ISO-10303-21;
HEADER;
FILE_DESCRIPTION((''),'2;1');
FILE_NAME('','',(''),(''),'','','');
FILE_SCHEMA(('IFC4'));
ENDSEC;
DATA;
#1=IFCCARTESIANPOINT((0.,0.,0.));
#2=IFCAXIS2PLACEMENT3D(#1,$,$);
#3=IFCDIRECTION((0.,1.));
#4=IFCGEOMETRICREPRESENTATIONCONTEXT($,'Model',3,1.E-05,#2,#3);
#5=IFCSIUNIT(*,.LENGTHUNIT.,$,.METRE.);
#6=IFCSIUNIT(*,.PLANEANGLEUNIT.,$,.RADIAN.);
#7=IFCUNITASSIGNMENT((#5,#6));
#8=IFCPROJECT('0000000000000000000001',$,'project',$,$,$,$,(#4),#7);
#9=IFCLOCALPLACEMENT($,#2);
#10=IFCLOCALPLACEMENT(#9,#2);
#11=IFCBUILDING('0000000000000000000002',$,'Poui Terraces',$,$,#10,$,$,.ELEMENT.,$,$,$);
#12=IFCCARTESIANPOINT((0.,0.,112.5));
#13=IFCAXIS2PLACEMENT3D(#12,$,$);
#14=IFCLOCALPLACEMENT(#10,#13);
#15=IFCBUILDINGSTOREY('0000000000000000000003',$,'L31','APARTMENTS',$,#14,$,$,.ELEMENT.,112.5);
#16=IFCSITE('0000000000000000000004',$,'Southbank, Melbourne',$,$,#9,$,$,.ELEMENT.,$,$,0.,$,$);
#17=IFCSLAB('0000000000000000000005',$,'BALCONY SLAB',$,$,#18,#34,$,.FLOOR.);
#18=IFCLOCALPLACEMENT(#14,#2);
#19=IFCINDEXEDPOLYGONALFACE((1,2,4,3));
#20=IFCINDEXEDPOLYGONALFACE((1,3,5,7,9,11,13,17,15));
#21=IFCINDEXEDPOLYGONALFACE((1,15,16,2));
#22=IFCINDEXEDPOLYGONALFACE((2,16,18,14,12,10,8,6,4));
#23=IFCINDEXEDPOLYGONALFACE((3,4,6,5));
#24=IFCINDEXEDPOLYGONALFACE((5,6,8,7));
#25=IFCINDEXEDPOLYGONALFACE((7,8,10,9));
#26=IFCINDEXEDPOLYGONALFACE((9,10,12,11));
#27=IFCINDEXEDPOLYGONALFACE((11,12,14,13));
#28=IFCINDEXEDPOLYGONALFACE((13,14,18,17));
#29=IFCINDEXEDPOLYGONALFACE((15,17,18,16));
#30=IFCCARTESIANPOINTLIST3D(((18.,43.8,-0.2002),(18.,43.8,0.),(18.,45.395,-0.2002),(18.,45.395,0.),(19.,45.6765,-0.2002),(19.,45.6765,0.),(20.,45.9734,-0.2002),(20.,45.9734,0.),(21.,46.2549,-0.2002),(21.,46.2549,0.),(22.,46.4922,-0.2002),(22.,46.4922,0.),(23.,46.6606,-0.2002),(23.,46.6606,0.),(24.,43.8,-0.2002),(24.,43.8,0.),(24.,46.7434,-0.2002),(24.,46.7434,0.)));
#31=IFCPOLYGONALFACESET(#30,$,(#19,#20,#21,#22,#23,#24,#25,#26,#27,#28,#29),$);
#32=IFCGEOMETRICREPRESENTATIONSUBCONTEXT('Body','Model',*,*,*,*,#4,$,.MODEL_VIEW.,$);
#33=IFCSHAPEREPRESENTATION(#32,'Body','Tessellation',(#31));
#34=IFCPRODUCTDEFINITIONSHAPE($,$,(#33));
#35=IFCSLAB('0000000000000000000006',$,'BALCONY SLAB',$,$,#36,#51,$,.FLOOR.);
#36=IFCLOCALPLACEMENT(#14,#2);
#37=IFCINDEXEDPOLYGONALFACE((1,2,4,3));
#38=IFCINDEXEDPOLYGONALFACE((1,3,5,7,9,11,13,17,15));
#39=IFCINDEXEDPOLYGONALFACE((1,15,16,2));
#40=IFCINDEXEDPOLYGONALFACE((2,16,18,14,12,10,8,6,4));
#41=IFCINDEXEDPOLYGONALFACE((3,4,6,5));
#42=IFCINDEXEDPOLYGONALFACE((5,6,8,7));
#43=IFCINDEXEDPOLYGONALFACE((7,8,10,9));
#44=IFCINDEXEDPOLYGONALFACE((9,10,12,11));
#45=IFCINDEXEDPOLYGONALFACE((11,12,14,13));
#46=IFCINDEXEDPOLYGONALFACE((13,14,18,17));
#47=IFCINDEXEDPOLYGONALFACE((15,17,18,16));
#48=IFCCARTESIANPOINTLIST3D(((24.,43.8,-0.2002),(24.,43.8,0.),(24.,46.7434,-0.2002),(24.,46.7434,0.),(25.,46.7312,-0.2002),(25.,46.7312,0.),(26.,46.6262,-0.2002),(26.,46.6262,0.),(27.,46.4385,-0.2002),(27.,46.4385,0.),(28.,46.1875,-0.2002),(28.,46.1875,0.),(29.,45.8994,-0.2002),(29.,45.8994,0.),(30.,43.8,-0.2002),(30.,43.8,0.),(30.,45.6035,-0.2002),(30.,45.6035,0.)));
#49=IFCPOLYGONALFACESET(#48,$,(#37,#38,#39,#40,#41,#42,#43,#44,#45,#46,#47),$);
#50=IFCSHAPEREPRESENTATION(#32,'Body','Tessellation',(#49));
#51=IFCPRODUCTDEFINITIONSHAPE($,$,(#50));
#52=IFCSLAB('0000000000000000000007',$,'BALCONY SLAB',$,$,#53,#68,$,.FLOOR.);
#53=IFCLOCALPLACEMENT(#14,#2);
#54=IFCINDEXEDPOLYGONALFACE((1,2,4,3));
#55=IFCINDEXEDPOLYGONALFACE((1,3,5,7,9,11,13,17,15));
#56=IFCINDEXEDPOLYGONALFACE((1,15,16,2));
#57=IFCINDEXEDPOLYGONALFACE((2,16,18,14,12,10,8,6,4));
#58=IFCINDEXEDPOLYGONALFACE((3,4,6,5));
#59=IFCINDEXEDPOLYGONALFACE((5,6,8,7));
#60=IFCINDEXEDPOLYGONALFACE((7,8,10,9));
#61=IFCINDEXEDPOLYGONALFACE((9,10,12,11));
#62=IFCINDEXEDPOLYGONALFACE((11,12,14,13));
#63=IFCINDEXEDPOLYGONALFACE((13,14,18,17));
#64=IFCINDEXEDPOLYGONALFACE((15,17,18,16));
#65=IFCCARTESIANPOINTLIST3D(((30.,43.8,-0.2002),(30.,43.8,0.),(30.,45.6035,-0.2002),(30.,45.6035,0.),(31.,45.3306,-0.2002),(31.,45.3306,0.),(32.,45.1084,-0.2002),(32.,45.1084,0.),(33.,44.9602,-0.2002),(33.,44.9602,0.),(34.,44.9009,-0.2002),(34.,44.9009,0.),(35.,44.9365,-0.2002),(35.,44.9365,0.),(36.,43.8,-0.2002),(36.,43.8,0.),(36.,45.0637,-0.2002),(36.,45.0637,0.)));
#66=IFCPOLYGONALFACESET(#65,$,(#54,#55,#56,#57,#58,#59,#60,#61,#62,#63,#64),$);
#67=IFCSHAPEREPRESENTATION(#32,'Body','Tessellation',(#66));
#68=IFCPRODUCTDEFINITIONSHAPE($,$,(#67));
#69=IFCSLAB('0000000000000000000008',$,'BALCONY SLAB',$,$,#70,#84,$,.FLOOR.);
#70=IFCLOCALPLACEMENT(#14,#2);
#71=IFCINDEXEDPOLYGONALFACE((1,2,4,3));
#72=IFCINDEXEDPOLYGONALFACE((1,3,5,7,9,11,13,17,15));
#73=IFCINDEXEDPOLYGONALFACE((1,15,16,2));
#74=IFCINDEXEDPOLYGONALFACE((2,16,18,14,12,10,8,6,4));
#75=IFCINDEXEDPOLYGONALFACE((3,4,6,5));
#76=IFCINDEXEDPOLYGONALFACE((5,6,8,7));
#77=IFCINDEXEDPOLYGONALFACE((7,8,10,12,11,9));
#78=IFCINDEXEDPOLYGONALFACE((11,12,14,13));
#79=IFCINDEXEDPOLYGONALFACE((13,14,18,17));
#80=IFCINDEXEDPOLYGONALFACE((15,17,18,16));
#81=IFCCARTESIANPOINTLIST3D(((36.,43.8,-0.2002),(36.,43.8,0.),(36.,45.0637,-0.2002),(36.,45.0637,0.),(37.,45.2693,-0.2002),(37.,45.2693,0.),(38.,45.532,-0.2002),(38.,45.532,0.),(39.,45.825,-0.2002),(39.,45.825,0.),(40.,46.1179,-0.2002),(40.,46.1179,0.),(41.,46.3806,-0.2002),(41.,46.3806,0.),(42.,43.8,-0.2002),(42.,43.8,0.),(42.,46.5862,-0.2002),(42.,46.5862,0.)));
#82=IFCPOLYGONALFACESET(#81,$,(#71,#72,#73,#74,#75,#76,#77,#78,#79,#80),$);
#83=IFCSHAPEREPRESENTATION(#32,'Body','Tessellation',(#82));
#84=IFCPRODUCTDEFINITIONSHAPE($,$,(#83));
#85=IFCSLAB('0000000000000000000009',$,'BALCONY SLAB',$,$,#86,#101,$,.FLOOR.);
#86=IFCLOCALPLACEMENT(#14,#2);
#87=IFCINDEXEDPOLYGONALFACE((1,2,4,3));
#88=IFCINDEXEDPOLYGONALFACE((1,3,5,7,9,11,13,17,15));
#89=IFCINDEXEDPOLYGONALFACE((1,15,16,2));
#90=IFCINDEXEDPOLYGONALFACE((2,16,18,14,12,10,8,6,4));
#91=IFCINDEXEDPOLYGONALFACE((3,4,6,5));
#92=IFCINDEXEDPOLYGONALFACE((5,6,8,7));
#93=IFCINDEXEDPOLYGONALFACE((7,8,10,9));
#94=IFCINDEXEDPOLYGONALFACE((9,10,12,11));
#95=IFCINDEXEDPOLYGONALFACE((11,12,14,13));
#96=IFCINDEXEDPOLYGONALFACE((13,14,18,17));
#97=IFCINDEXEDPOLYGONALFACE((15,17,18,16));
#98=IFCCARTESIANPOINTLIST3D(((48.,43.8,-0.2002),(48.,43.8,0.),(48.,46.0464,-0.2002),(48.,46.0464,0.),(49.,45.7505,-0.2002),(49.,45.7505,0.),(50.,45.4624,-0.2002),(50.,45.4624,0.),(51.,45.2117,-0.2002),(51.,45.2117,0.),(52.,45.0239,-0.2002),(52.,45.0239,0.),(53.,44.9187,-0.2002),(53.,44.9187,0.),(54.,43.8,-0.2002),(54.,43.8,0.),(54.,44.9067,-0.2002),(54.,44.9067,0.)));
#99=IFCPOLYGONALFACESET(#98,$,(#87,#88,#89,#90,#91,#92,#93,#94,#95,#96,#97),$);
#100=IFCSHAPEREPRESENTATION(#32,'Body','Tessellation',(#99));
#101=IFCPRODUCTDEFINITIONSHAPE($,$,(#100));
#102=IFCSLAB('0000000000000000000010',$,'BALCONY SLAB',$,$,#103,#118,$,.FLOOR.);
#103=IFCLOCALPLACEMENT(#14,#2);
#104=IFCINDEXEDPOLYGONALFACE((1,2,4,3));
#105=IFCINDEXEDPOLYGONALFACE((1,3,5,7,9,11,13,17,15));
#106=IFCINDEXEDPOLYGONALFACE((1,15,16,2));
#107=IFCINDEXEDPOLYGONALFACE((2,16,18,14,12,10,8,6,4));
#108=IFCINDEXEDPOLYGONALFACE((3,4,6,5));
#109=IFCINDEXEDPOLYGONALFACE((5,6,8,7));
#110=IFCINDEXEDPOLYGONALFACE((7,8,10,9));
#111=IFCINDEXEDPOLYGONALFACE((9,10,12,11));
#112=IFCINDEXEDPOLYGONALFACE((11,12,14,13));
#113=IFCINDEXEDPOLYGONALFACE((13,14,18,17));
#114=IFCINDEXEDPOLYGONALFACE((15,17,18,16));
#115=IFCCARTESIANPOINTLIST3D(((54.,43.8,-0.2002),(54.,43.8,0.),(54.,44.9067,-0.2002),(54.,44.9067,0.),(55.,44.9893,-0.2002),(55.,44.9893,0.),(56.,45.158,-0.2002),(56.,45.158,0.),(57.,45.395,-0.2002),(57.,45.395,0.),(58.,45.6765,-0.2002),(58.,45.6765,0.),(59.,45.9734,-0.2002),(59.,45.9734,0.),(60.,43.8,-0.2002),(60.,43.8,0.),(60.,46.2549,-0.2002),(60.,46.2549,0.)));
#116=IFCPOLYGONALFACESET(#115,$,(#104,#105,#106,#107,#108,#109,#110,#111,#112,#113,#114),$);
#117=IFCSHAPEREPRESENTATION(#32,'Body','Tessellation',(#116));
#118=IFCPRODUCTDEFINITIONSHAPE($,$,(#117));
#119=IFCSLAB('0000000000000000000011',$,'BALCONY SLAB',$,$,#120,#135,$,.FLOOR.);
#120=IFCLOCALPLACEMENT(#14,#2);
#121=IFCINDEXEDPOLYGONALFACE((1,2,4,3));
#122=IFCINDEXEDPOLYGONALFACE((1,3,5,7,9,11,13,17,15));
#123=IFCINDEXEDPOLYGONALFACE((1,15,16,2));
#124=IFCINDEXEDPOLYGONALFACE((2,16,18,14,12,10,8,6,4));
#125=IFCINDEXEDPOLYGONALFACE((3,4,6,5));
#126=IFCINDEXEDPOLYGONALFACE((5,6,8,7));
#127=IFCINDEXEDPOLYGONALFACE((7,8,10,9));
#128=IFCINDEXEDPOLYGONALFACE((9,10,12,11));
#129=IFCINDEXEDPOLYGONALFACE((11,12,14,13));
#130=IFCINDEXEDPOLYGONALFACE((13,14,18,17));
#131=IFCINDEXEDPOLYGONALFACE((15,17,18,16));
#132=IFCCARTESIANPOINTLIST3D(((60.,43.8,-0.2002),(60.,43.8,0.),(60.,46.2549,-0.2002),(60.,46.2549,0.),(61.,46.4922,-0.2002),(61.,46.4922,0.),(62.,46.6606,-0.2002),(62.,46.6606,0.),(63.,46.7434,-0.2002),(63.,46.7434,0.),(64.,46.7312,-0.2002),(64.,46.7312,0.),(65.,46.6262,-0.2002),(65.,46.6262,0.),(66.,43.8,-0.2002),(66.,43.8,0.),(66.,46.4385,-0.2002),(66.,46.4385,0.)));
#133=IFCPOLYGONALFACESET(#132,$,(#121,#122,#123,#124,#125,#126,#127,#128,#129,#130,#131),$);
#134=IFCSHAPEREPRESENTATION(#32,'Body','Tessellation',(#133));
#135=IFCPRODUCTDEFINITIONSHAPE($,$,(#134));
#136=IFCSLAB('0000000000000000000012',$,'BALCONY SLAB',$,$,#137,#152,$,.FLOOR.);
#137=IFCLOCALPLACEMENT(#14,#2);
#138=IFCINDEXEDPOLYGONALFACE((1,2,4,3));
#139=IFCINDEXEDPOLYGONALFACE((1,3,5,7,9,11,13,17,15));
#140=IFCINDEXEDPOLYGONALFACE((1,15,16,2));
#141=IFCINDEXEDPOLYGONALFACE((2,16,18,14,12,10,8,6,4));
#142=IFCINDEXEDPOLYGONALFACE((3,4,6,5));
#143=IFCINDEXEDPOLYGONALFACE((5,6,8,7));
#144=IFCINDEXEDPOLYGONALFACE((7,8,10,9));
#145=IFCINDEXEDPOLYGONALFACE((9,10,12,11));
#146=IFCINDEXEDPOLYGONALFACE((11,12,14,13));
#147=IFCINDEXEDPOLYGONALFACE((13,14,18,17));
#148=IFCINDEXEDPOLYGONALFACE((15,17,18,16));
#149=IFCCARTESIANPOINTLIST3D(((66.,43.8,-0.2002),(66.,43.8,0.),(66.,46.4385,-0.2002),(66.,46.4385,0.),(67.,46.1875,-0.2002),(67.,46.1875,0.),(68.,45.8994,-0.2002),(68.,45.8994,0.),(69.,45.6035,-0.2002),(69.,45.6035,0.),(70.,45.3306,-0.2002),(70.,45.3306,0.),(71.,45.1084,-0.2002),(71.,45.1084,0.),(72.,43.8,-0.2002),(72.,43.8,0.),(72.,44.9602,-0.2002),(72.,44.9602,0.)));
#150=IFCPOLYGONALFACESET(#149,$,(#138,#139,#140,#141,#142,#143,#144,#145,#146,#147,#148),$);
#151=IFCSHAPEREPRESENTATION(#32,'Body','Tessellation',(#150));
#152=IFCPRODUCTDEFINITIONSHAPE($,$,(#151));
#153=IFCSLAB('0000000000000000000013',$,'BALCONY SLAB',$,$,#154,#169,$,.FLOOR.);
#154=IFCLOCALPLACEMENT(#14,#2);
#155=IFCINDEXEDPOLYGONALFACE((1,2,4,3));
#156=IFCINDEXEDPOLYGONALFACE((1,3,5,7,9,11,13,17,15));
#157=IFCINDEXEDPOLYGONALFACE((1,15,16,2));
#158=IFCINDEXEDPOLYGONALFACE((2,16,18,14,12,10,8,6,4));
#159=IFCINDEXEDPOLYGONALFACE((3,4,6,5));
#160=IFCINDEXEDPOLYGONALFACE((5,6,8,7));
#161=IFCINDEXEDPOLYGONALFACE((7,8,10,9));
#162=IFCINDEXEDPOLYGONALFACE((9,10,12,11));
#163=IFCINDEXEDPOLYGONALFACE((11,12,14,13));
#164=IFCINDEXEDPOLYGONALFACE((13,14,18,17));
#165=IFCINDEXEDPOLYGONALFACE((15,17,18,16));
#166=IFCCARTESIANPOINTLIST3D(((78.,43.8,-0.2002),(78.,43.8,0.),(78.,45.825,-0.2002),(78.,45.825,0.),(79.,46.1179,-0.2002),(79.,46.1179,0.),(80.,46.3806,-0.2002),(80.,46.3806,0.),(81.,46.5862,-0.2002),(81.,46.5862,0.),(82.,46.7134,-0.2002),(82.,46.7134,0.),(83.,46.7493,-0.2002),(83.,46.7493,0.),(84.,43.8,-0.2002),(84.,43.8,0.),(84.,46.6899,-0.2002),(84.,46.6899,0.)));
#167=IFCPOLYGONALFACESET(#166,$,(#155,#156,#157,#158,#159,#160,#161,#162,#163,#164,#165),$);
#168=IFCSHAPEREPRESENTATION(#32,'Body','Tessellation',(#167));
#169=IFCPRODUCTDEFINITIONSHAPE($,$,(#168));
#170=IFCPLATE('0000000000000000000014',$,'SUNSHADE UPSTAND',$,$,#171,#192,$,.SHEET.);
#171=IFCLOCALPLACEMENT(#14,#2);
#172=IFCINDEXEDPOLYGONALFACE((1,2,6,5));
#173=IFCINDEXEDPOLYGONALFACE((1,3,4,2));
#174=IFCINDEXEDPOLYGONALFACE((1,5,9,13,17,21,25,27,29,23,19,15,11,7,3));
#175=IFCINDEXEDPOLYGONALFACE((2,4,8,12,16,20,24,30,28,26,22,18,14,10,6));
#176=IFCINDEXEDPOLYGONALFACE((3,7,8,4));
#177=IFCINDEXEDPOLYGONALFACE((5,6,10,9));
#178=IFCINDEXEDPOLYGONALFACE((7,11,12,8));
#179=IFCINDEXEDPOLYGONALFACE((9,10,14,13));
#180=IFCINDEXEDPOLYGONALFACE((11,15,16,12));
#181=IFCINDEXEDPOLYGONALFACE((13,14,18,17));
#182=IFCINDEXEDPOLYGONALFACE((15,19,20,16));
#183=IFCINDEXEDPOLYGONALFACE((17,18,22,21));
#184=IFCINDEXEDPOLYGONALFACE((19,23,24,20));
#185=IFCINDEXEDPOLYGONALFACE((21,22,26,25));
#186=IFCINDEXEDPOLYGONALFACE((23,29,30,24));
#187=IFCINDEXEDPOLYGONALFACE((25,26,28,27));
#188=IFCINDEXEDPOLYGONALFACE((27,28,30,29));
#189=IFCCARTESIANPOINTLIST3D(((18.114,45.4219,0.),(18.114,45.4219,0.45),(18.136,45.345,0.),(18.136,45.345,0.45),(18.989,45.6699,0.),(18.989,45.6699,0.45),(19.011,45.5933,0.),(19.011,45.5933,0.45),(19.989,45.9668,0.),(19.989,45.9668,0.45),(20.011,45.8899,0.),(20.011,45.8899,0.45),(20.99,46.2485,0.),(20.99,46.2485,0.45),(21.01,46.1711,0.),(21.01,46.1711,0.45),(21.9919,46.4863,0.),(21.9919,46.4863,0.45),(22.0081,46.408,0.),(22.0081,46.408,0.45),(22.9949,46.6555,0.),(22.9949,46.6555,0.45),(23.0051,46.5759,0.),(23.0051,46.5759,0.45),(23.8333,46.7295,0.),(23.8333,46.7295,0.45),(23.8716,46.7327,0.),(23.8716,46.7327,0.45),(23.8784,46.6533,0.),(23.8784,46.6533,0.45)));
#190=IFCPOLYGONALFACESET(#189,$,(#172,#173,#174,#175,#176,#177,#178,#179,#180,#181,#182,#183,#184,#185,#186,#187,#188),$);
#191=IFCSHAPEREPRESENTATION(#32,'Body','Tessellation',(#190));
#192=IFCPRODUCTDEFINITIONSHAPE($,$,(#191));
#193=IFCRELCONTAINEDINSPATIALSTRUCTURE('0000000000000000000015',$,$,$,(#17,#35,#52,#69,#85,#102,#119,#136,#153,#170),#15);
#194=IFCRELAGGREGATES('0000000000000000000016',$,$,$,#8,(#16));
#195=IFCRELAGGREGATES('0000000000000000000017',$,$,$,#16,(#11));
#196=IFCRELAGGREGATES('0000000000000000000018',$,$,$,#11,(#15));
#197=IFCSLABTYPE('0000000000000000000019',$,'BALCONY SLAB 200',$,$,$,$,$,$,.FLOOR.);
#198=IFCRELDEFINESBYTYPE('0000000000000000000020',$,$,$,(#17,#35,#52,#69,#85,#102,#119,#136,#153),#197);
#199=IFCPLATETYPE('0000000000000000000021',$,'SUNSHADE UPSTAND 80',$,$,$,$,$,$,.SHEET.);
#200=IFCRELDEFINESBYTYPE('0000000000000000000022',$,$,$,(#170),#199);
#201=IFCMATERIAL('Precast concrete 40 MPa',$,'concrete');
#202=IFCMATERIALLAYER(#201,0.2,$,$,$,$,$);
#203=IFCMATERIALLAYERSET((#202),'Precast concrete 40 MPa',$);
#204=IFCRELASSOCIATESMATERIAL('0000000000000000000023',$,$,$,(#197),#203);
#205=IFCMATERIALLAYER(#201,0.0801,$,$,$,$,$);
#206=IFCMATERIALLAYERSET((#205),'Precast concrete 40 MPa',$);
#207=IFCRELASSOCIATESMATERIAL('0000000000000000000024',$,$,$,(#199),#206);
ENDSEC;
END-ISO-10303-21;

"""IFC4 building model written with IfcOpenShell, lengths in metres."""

from ifc_helpers import new_model, si_unit, direction, frame, origin, place, context, subcontext, project, spatial, polyline, outline, extrude, material, layer, layer_set, type_object, element, save


model = new_model("IFC4")

# Units and contexts
model_context = context("Model", 3, precision=1e-05, world=origin(), true_north=direction((0.0, 1.0)))
body_context = subcontext(model_context, "Body", "Model", "MODEL_VIEW")
ifc_project = project(units=[si_unit("LENGTHUNIT", "METRE"), si_unit("PLANEANGLEUNIT", "RADIAN")], contexts=[model_context])

# Site, building, storey
site_placement = place(None, origin())
site = spatial("IfcSite", under=ifc_project, at=site_placement, Name="Southbank, Melbourne", CompositionType="ELEMENT", RefElevation=0.0)
building_placement = place(site_placement, origin())
building = spatial("IfcBuilding", under=site, at=building_placement, Name="Poui Terraces", CompositionType="ELEMENT")
storey_placement = place(building_placement, frame((0.0, 0.0, 112.5)))
storey = spatial("IfcBuildingStorey", under=building, at=storey_placement, Name="L31", Description="APARTMENTS", CompositionType="ELEMENT", Elevation=112.5)

# Slabs
ifc_material = material(Name="Precast concrete 40 MPa", Category="concrete")
ifc_layer_1 = layer(ifc_material, 0.2)
ifc_layer_set_1 = layer_set([ifc_layer_1], Name="Precast concrete 40 MPa")
slab_type = type_object("IfcSlabType", Name="BALCONY SLAB 200", PredefinedType="FLOOR", material=ifc_layer_set_1)
slab_1_placement = place(storey_placement, frame((0.0, 0.0, -0.2002)))
element("IfcSlab", 1, at=slab_1_placement, inside=storey, type_object=slab_type, Name="BALCONY SLAB", PredefinedType="FLOOR", context=body_context, shape_type="SweptSolid", body=[
    extrude(outline(polyline([(18.0, 43.8), (24.0, 43.8), (24.0, 46.7434), (23.0, 46.6606), (22.0, 46.4922), (21.0, 46.2549), (20.0, 45.9734), (19.0, 45.6765), (18.0, 45.395), (18.0, 43.8)])), origin(), (0.0, 0.0, 1.0), 0.2002),
])
slab_2_placement = place(storey_placement, frame((0.0, 0.0, -0.2002)))
element("IfcSlab", 2, at=slab_2_placement, inside=storey, type_object=slab_type, Name="BALCONY SLAB", PredefinedType="FLOOR", context=body_context, shape_type="SweptSolid", body=[
    extrude(outline(polyline([(24.0, 43.8), (30.0, 43.8), (30.0, 45.6035), (29.0, 45.8994), (28.0, 46.1875), (27.0, 46.4385), (26.0, 46.6262), (25.0, 46.7312), (24.0, 46.7434), (24.0, 43.8)])), origin(), (0.0, 0.0, 1.0), 0.2002),
])
slab_3_placement = place(storey_placement, frame((0.0, 0.0, -0.2002)))
element("IfcSlab", 3, at=slab_3_placement, inside=storey, type_object=slab_type, Name="BALCONY SLAB", PredefinedType="FLOOR", context=body_context, shape_type="SweptSolid", body=[
    extrude(outline(polyline([(30.0, 43.8), (36.0, 43.8), (36.0, 45.0637), (35.0, 44.9365), (34.0, 44.9009), (33.0, 44.9602), (32.0, 45.1084), (31.0, 45.3306), (30.0, 45.6035), (30.0, 43.8)])), origin(), (0.0, 0.0, 1.0), 0.2002),
])
slab_4_placement = place(storey_placement, frame((0.0, 0.0, -0.2002)))
element("IfcSlab", 4, at=slab_4_placement, inside=storey, type_object=slab_type, Name="BALCONY SLAB", PredefinedType="FLOOR", context=body_context, shape_type="SweptSolid", body=[
    extrude(outline(polyline([(36.0, 43.8), (42.0, 43.8), (42.0, 46.5862), (41.0, 46.3806), (40.0, 46.1179), (39.0, 45.825), (38.0, 45.532), (37.0, 45.2693), (36.0, 45.0637), (36.0, 43.8)])), origin(), (0.0, 0.0, 1.0), 0.2002),
])
slab_5_placement = place(storey_placement, frame((0.0, 0.0, -0.2002)))
element("IfcSlab", 5, at=slab_5_placement, inside=storey, type_object=slab_type, Name="BALCONY SLAB", PredefinedType="FLOOR", context=body_context, shape_type="SweptSolid", body=[
    extrude(outline(polyline([(48.0, 43.8), (54.0, 43.8), (54.0, 44.9067), (53.0, 44.9187), (52.0, 45.0239), (51.0, 45.2117), (50.0, 45.4624), (49.0, 45.7505), (48.0, 46.0464), (48.0, 43.8)])), origin(), (0.0, 0.0, 1.0), 0.2002),
])
slab_6_placement = place(storey_placement, frame((0.0, 0.0, -0.2002)))
element("IfcSlab", 6, at=slab_6_placement, inside=storey, type_object=slab_type, Name="BALCONY SLAB", PredefinedType="FLOOR", context=body_context, shape_type="SweptSolid", body=[
    extrude(outline(polyline([(54.0, 43.8), (60.0, 43.8), (60.0, 46.2549), (59.0, 45.9734), (58.0, 45.6765), (57.0, 45.395), (56.0, 45.158), (55.0, 44.9893), (54.0, 44.9067), (54.0, 43.8)])), origin(), (0.0, 0.0, 1.0), 0.2002),
])
slab_7_placement = place(storey_placement, frame((0.0, 0.0, -0.2002)))
element("IfcSlab", 7, at=slab_7_placement, inside=storey, type_object=slab_type, Name="BALCONY SLAB", PredefinedType="FLOOR", context=body_context, shape_type="SweptSolid", body=[
    extrude(outline(polyline([(60.0, 43.8), (66.0, 43.8), (66.0, 46.4385), (65.0, 46.6262), (64.0, 46.7312), (63.0, 46.7434), (62.0, 46.6606), (61.0, 46.4922), (60.0, 46.2549), (60.0, 43.8)])), origin(), (0.0, 0.0, 1.0), 0.2002),
])
slab_8_placement = place(storey_placement, frame((0.0, 0.0, -0.2002)))
element("IfcSlab", 8, at=slab_8_placement, inside=storey, type_object=slab_type, Name="BALCONY SLAB", PredefinedType="FLOOR", context=body_context, shape_type="SweptSolid", body=[
    extrude(outline(polyline([(66.0, 43.8), (72.0, 43.8), (72.0, 44.9602), (71.0, 45.1084), (70.0, 45.3306), (69.0, 45.6035), (68.0, 45.8994), (67.0, 46.1875), (66.0, 46.4385), (66.0, 43.8)])), origin(), (0.0, 0.0, 1.0), 0.2002),
])
slab_9_placement = place(storey_placement, frame((0.0, 0.0, -0.2002)))
element("IfcSlab", 9, at=slab_9_placement, inside=storey, type_object=slab_type, Name="BALCONY SLAB", PredefinedType="FLOOR", context=body_context, shape_type="SweptSolid", body=[
    extrude(outline(polyline([(78.0, 43.8), (84.0, 43.8), (84.0, 46.6899), (83.0, 46.7493), (82.0, 46.7134), (81.0, 46.5862), (80.0, 46.3806), (79.0, 46.1179), (78.0, 45.825), (78.0, 43.8)])), origin(), (0.0, 0.0, 1.0), 0.2002),
])

# Plate
ifc_layer_2 = layer(ifc_material, 0.0801)
ifc_layer_set_2 = layer_set([ifc_layer_2], Name="Precast concrete 40 MPa")
plate_type = type_object("IfcPlateType", Name="SUNSHADE UPSTAND 80", PredefinedType="SHEET", material=ifc_layer_set_2)
plate_1_placement = place(storey_placement, origin())
element("IfcPlate", 10, at=plate_1_placement, inside=storey, type_object=plate_type, Name="SUNSHADE UPSTAND", PredefinedType="SHEET", context=body_context, shape_type="SweptSolid", body=[
    extrude(outline(polyline([(18.989, 45.6699), (18.114, 45.4219), (18.136, 45.345), (19.011, 45.5933), (20.011, 45.8899), (21.01, 46.1711), (22.0081, 46.408), (23.0051, 46.5759), (23.8784, 46.6533), (23.8716, 46.7327), (23.8333, 46.7295), (22.9949, 46.6555), (21.9919, 46.4863), (20.99, 46.2485), (19.989, 45.9668), (18.989, 45.6699)])), origin(), (0.0, 0.0, 1.0), 0.45),
])

save(model, "model.ifc")
